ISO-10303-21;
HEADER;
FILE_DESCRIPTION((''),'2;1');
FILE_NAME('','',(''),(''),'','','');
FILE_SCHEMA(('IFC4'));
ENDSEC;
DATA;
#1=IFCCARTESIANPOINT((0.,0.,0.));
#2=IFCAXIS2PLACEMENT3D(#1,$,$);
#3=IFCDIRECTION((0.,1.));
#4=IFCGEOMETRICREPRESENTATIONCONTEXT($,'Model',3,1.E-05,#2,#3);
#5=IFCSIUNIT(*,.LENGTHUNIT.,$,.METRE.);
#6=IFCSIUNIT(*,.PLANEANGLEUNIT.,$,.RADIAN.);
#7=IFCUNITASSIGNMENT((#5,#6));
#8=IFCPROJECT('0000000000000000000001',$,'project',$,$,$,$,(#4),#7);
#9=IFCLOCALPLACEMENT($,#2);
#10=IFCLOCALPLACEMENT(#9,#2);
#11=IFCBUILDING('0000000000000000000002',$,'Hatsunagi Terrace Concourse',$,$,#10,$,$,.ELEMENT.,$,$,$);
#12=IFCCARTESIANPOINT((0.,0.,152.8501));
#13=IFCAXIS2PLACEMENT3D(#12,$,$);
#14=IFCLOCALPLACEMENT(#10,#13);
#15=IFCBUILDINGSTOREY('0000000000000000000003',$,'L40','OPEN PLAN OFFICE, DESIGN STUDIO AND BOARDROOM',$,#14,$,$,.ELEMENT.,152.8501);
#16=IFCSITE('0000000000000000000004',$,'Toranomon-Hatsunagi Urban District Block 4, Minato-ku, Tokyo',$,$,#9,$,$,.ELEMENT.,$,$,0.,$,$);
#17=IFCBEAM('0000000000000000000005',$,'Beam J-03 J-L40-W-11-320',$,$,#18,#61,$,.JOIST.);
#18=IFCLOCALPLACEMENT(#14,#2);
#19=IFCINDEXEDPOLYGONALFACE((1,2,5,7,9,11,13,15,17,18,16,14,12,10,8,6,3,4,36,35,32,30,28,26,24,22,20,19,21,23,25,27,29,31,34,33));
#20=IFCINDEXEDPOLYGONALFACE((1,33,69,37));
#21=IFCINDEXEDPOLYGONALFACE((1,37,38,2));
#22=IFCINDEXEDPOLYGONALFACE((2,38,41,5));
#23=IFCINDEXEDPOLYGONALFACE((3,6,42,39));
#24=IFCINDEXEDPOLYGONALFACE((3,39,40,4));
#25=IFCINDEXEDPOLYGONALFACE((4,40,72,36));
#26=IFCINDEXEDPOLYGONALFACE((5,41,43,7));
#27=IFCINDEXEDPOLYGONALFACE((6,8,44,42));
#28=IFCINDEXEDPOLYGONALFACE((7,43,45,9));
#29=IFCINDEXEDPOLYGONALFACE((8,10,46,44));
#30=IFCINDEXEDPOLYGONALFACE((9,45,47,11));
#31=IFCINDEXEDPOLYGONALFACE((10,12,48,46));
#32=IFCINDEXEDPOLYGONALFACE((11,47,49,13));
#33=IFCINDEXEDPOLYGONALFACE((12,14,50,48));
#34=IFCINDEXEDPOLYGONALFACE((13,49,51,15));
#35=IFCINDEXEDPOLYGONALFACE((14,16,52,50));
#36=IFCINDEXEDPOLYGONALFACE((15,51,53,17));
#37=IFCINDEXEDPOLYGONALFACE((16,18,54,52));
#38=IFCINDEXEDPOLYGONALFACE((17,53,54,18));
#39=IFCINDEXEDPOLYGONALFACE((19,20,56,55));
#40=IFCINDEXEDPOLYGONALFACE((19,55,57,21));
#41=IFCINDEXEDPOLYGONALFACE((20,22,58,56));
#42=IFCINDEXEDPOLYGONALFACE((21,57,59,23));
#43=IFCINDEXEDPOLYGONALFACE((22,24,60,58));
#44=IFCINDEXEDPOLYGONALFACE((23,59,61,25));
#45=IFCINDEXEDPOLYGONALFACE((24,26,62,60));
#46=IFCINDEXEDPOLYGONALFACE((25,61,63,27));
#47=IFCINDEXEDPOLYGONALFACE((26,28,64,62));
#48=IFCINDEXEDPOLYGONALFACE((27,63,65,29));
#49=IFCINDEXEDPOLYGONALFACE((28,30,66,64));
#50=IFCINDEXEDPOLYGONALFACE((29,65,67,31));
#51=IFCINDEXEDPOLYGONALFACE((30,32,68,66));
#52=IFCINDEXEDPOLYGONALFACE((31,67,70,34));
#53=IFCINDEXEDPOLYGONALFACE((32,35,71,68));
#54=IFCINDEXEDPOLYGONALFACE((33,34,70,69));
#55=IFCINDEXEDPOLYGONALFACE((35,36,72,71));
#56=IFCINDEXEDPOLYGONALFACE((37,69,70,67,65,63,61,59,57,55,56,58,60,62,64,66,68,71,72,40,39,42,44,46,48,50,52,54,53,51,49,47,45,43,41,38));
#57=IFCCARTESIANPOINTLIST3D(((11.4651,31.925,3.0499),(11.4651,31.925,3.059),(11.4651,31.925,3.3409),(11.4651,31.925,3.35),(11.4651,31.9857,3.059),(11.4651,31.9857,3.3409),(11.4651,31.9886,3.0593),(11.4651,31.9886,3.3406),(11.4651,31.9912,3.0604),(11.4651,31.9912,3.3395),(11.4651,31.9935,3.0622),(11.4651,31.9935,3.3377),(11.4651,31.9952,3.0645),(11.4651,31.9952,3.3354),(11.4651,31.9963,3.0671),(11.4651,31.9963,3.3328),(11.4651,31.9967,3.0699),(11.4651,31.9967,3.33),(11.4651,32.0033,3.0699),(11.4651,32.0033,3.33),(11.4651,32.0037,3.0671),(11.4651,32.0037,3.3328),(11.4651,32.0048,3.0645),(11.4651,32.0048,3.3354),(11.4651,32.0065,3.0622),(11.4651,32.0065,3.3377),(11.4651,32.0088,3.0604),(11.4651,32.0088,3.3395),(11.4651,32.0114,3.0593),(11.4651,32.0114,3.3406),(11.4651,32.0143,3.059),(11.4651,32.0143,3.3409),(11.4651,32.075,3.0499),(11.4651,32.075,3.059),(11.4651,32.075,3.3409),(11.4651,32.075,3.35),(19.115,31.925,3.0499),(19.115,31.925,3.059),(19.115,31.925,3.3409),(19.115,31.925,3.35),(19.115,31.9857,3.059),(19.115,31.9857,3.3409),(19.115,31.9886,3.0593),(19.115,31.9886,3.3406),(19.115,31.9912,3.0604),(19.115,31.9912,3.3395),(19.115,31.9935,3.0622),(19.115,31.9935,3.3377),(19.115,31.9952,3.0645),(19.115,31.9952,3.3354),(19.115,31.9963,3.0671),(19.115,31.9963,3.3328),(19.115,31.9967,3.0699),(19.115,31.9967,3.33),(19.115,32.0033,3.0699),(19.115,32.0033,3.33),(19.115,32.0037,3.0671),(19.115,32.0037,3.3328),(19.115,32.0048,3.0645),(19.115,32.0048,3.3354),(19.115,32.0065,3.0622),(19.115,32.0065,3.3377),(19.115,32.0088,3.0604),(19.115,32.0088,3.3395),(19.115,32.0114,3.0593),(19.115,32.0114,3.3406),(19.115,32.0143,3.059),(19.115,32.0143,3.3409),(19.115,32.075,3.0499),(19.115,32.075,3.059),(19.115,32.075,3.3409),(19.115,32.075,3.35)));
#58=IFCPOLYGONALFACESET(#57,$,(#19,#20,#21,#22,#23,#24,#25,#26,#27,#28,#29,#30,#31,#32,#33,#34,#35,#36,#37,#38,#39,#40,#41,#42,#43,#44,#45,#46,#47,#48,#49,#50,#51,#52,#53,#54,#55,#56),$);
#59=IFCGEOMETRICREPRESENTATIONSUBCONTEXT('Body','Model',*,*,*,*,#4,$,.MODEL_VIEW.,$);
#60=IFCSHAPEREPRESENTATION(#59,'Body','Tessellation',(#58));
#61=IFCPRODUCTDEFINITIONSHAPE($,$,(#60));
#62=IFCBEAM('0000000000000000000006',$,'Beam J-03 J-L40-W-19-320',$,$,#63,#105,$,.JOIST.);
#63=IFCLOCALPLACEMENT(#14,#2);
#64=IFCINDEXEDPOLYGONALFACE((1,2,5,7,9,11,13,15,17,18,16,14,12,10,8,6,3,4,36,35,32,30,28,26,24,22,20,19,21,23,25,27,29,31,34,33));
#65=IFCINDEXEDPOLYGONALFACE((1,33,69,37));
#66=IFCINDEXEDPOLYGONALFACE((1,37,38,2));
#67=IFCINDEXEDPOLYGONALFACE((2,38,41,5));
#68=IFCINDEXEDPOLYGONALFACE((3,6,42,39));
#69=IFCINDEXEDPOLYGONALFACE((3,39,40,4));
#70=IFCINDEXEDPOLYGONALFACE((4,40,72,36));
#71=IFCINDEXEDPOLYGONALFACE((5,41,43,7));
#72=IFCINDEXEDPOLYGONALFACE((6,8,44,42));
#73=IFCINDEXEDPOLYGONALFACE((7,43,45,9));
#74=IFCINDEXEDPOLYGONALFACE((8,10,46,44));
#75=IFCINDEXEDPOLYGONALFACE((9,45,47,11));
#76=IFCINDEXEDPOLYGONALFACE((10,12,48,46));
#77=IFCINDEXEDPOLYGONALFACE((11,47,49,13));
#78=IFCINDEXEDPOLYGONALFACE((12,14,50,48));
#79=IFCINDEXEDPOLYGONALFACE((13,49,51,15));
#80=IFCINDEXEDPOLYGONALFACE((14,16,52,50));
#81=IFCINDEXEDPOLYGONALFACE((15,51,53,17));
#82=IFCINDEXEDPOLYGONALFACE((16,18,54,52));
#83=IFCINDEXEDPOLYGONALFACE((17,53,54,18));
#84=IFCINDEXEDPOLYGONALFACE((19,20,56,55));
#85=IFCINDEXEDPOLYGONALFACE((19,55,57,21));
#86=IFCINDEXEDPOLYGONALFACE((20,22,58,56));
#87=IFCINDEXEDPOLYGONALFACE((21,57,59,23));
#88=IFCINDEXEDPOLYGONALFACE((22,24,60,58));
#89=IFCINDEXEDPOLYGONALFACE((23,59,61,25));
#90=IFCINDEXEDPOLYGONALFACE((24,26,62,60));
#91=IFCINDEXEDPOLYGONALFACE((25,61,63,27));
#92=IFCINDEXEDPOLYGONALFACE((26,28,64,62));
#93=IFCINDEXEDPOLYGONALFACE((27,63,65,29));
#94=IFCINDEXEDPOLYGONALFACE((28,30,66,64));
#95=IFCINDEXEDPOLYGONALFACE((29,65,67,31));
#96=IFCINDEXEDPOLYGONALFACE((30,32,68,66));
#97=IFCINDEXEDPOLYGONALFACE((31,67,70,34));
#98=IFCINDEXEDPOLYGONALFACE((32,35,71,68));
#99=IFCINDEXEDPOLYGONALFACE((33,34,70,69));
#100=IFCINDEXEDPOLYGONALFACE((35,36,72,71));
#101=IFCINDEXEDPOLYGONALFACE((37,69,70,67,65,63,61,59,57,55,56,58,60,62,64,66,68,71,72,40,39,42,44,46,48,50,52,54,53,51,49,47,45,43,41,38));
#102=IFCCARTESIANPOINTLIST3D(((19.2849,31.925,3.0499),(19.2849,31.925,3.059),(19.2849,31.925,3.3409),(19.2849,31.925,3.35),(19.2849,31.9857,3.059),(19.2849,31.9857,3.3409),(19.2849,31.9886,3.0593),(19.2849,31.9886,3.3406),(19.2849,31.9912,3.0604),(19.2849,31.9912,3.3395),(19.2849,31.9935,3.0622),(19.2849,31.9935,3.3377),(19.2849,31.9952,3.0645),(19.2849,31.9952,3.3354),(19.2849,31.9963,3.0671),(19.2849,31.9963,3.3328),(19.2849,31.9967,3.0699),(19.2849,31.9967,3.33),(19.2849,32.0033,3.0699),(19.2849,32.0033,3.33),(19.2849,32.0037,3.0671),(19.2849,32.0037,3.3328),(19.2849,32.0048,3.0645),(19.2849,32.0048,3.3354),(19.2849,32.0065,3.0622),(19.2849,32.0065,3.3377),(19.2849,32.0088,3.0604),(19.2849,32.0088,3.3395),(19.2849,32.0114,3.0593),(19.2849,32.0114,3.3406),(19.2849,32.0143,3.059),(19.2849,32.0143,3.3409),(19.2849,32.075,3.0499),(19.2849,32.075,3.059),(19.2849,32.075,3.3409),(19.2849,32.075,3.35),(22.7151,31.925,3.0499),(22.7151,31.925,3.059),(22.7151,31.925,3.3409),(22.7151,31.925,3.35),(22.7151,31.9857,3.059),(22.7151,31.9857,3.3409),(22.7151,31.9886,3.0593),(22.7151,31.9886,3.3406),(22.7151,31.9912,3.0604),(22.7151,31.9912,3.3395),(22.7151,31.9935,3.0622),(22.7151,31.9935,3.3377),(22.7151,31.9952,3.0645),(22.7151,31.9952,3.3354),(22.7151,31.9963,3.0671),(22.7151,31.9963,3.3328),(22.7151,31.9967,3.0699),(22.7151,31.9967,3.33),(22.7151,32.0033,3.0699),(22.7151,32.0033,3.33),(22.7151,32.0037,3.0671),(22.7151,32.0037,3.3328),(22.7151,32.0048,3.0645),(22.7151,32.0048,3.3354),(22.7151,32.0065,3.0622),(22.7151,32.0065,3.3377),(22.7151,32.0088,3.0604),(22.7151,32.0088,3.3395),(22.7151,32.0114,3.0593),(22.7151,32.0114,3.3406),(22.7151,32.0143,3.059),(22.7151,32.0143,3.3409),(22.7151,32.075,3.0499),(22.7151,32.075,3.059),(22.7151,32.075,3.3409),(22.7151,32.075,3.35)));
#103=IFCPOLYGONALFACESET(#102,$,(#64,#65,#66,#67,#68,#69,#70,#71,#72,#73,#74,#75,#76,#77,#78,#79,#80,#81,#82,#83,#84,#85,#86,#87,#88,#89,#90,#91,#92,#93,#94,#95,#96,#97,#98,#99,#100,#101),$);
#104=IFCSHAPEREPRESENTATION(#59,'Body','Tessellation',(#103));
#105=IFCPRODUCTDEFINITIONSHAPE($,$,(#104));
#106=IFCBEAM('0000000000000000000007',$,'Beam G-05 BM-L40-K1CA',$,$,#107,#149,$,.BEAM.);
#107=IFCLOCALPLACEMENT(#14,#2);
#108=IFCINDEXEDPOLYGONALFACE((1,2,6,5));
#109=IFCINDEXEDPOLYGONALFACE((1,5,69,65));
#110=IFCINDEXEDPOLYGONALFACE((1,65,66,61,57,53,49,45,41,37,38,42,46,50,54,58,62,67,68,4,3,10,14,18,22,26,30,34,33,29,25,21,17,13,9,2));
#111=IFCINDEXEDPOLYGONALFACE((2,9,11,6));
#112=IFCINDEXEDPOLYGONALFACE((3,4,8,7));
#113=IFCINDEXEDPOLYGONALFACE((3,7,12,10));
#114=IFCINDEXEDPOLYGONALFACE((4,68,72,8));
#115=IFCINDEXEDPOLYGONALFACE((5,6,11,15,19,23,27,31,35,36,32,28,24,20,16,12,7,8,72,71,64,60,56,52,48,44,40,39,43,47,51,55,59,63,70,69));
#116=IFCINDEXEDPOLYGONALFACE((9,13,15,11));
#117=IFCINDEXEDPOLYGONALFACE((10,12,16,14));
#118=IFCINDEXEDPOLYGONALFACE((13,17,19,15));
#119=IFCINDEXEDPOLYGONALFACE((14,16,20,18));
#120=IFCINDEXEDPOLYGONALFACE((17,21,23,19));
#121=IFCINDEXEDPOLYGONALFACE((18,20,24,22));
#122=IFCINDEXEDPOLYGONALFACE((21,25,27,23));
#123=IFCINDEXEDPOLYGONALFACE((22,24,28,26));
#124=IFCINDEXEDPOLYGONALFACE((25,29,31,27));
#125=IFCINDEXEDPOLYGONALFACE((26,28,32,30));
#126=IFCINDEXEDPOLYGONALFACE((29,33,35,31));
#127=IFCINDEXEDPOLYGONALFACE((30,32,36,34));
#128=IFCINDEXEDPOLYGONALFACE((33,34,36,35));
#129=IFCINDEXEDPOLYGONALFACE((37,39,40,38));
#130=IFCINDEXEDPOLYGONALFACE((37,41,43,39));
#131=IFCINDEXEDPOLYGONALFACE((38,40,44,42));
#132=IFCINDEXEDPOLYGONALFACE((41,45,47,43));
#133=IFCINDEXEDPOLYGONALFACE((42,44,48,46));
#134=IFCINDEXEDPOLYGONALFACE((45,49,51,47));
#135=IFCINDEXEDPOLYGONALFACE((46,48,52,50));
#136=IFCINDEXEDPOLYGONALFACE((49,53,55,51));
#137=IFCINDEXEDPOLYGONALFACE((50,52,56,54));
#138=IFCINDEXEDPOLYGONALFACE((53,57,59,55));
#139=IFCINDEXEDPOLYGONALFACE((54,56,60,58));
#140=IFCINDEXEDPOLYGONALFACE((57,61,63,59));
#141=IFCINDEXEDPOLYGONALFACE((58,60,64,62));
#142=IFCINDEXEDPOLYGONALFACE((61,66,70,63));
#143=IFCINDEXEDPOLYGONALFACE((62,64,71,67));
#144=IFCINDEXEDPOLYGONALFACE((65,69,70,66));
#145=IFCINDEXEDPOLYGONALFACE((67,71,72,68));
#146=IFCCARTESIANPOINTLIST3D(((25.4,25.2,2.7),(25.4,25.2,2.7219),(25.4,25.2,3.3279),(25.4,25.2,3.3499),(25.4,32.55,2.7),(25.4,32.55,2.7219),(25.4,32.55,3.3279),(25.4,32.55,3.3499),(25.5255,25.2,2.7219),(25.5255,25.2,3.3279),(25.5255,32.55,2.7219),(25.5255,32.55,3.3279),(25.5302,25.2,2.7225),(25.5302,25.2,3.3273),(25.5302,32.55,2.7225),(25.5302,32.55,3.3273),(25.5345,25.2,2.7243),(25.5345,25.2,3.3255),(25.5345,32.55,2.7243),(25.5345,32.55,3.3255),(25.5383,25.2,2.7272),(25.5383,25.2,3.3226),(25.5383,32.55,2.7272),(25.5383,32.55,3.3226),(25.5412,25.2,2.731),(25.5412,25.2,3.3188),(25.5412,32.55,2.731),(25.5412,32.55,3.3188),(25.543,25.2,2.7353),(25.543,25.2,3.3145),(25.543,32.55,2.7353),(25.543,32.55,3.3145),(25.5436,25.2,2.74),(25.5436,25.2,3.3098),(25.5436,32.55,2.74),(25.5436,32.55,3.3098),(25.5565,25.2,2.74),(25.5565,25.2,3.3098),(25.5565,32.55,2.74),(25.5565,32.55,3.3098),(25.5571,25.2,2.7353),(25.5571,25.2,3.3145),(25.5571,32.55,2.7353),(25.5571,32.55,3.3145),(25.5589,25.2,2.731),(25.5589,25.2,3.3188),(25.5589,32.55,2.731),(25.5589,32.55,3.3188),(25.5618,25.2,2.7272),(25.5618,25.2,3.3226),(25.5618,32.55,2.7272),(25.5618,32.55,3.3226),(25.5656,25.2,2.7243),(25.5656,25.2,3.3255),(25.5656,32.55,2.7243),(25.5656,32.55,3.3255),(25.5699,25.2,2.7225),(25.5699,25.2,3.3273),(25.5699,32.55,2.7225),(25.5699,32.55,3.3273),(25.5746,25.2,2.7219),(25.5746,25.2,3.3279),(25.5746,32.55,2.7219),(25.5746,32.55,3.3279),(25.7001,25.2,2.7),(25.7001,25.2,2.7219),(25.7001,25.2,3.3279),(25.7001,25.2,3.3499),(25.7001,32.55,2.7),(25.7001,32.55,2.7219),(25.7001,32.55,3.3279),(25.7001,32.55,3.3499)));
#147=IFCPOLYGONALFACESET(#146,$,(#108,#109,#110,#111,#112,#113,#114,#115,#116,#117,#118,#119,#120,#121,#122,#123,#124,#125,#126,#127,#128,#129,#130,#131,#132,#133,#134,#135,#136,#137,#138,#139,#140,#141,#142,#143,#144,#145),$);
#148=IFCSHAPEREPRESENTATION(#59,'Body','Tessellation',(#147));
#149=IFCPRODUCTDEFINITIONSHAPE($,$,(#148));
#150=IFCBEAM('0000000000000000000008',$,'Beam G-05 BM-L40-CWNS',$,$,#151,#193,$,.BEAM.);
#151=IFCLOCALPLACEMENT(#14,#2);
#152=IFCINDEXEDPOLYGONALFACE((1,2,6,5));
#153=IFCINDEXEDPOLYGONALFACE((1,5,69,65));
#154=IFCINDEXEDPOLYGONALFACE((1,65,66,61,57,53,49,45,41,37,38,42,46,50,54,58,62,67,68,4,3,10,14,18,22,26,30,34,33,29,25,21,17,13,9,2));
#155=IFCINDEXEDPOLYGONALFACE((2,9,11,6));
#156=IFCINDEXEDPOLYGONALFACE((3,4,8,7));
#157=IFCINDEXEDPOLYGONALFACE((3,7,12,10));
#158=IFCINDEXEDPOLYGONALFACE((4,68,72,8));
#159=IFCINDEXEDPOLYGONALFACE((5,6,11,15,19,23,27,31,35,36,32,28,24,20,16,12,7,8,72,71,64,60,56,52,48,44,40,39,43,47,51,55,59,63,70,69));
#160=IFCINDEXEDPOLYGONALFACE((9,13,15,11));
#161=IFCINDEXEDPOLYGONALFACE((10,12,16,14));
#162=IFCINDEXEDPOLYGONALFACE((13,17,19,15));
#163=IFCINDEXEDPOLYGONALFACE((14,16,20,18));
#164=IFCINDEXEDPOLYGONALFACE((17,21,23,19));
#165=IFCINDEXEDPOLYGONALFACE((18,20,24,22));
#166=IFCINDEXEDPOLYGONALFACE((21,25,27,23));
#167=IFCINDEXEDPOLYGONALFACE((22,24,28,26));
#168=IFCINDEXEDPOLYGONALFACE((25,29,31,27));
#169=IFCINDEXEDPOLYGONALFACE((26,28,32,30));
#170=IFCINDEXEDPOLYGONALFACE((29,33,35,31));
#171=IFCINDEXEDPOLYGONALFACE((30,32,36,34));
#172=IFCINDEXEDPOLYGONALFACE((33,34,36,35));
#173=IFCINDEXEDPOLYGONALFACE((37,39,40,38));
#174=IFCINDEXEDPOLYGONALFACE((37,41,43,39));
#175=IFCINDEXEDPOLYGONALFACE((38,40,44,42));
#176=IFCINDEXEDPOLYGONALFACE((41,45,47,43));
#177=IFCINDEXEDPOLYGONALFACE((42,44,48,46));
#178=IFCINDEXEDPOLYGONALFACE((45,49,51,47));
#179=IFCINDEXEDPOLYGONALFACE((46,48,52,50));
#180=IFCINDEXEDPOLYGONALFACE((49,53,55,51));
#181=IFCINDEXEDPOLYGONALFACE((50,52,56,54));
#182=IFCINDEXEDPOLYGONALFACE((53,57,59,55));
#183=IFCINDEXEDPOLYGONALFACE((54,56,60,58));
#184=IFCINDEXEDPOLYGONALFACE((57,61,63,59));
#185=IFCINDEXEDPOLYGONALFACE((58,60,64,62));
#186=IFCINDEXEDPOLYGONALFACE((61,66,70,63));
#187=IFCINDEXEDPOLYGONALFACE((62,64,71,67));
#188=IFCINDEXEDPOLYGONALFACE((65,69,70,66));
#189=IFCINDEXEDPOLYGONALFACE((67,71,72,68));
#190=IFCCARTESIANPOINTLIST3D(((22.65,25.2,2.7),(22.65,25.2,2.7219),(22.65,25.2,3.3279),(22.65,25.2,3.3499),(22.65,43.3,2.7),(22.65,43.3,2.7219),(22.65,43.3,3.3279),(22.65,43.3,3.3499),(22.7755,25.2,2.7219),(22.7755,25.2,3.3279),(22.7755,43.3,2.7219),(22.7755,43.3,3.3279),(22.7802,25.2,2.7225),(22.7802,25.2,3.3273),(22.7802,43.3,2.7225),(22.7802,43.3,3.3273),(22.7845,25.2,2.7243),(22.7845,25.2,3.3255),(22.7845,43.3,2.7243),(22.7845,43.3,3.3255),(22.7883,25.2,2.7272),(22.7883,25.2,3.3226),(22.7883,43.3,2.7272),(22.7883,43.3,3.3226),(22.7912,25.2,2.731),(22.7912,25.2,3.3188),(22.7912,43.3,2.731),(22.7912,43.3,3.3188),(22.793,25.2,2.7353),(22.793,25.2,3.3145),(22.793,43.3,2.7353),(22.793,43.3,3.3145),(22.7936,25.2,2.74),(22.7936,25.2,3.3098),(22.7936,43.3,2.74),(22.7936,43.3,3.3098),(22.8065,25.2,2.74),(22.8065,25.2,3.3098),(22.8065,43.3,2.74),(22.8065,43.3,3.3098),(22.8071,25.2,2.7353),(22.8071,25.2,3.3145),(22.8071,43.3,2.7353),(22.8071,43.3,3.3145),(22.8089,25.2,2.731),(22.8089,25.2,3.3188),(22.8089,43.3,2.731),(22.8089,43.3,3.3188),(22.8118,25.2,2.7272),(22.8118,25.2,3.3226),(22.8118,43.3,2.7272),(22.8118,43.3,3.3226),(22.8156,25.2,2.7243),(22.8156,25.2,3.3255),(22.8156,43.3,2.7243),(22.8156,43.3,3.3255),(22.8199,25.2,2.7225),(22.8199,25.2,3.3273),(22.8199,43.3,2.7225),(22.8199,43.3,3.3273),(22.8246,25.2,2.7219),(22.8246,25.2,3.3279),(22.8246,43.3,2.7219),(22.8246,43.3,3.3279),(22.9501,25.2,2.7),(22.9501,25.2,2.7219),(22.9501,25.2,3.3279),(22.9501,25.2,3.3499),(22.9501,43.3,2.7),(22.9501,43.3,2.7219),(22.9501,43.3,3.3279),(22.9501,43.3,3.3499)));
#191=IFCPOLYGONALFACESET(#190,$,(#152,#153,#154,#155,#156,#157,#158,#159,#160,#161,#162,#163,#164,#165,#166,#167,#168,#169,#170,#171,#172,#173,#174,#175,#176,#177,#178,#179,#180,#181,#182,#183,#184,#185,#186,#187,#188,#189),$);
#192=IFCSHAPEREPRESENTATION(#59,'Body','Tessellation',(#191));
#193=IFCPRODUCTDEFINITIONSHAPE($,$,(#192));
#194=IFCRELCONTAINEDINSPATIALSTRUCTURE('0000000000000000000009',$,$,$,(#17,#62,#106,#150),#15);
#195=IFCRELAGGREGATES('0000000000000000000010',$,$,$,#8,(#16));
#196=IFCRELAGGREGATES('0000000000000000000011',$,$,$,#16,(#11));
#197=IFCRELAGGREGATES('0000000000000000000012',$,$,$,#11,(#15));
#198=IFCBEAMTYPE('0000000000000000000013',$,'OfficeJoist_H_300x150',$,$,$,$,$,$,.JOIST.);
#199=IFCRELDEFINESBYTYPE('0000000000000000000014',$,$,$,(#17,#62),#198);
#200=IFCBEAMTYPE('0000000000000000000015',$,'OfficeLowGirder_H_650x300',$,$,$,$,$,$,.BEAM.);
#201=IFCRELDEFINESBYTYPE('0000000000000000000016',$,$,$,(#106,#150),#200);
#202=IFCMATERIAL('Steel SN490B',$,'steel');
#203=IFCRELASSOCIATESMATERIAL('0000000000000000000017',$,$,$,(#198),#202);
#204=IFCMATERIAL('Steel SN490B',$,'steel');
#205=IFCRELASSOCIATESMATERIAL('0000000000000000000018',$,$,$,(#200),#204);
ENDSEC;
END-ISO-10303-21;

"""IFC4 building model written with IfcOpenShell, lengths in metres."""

from ifc_helpers import new_model, si_unit, direction, frame, origin, origin_2d, place, context, subcontext, project, spatial, i_section, extrude, material, material_profile, profile_set, type_object, element, save


model = new_model("IFC4")

# Units and contexts
model_context = context("Model", 3, precision=1e-05, world=origin(), true_north=direction((0.0, 1.0)))
body_context = subcontext(model_context, "Body", "Model", "MODEL_VIEW")
ifc_project = project(units=[si_unit("LENGTHUNIT", "METRE"), si_unit("PLANEANGLEUNIT", "RADIAN")], contexts=[model_context])

# Site, building, storey
site_placement = place(None, origin())
site = spatial("IfcSite", under=ifc_project, at=site_placement, Name="Toranomon-Hatsunagi Urban District Block 4, Minato-ku, Tokyo", CompositionType="ELEMENT", RefElevation=0.0)
building_placement = place(site_placement, origin())
building = spatial("IfcBuilding", under=site, at=building_placement, Name="Hatsunagi Terrace Concourse", CompositionType="ELEMENT")
storey_placement = place(building_placement, frame((0.0, 0.0, 152.8501)))
storey = spatial("IfcBuildingStorey", under=building, at=storey_placement, Name="L40", Description="OPEN PLAN OFFICE, DESIGN STUDIO AND BOARDROOM", CompositionType="ELEMENT", Elevation=152.8501)

# Beams
ifc_material_1 = material(Name="Steel SN490B", Category="steel")
ifc_material_profile_1 = material_profile(ifc_material_1, i_section(OverallWidth=0.1499, OverallDepth=0.3, WebThickness=0.0066, FlangeThickness=0.009, FilletRadius=0.011, at=origin_2d()), Name="H-300x150x6.5x9")
ifc_profile_set_1 = profile_set([ifc_material_profile_1], Name="Steel SN490B")
beam_type_1 = type_object("IfcBeamType", Name="OfficeJoist_H_300x150", PredefinedType="JOIST", material=ifc_profile_set_1)
beam_1_placement = place(storey_placement, frame((11.4651, 32.0, 3.2), z_axis=(1.0, 0.0, 0.0), x_axis=(0.0, 1.0, 0.0)))
element("IfcBeam", 1, at=beam_1_placement, inside=storey, type_object=beam_type_1, Name="Beam J-03 J-L40-W-11-320", PredefinedType="JOIST", context=body_context, shape_type="SweptSolid", body=[
    extrude(i_section(OverallWidth=0.1499, OverallDepth=0.3, WebThickness=0.0066, FlangeThickness=0.009, FilletRadius=0.011, at=origin_2d()), origin(), (0.0, 0.0, 1.0), 7.6499),
])
beam_2_placement = place(storey_placement, frame((19.2849, 32.0, 3.2), z_axis=(1.0, 0.0, 0.0), x_axis=(0.0, 1.0, 0.0)))
element("IfcBeam", 2, at=beam_2_placement, inside=storey, type_object=beam_type_1, Name="Beam J-03 J-L40-W-19-320", PredefinedType="JOIST", context=body_context, shape_type="SweptSolid", body=[
    extrude(i_section(OverallWidth=0.1499, OverallDepth=0.3, WebThickness=0.0066, FlangeThickness=0.009, FilletRadius=0.011, at=origin_2d()), origin(), (0.0, 0.0, 1.0), 3.4302),
])
ifc_material_2 = material(Name="Steel SN490B", Category="steel")
ifc_material_profile_2 = material_profile(ifc_material_2, i_section(OverallWidth=0.3, OverallDepth=0.6499, WebThickness=0.0129, FlangeThickness=0.022, FilletRadius=0.0181, at=origin_2d()), Name="H-650x300x13x22")
ifc_profile_set_2 = profile_set([ifc_material_profile_2], Name="Steel SN490B")
beam_type_2 = type_object("IfcBeamType", Name="OfficeLowGirder_H_650x300", PredefinedType="BEAM", material=ifc_profile_set_2)
beam_3_placement = place(storey_placement, frame((25.55, 25.2, 3.0249), z_axis=(0.0, 1.0, 0.0), x_axis=(-1.0, 0.0, 0.0)))
element("IfcBeam", 3, at=beam_3_placement, inside=storey, type_object=beam_type_2, Name="Beam G-05 BM-L40-K1CA", PredefinedType="BEAM", context=body_context, shape_type="SweptSolid", body=[
    extrude(i_section(OverallWidth=0.3, OverallDepth=0.6499, WebThickness=0.0129, FlangeThickness=0.022, FilletRadius=0.0181, at=origin_2d()), origin(), (0.0, 0.0, 1.0), 7.3501),
])
beam_4_placement = place(storey_placement, frame((22.8, 25.2, 3.0249), z_axis=(0.0, 1.0, 0.0), x_axis=(-1.0, 0.0, 0.0)))
element("IfcBeam", 4, at=beam_4_placement, inside=storey, type_object=beam_type_2, Name="Beam G-05 BM-L40-CWNS", PredefinedType="BEAM", context=body_context, shape_type="SweptSolid", body=[
    extrude(i_section(OverallWidth=0.3, OverallDepth=0.6499, WebThickness=0.0129, FlangeThickness=0.022, FilletRadius=0.0181, at=origin_2d()), origin(), (0.0, 0.0, 1.0), 18.1001),
])

save(model, "model.ifc")
